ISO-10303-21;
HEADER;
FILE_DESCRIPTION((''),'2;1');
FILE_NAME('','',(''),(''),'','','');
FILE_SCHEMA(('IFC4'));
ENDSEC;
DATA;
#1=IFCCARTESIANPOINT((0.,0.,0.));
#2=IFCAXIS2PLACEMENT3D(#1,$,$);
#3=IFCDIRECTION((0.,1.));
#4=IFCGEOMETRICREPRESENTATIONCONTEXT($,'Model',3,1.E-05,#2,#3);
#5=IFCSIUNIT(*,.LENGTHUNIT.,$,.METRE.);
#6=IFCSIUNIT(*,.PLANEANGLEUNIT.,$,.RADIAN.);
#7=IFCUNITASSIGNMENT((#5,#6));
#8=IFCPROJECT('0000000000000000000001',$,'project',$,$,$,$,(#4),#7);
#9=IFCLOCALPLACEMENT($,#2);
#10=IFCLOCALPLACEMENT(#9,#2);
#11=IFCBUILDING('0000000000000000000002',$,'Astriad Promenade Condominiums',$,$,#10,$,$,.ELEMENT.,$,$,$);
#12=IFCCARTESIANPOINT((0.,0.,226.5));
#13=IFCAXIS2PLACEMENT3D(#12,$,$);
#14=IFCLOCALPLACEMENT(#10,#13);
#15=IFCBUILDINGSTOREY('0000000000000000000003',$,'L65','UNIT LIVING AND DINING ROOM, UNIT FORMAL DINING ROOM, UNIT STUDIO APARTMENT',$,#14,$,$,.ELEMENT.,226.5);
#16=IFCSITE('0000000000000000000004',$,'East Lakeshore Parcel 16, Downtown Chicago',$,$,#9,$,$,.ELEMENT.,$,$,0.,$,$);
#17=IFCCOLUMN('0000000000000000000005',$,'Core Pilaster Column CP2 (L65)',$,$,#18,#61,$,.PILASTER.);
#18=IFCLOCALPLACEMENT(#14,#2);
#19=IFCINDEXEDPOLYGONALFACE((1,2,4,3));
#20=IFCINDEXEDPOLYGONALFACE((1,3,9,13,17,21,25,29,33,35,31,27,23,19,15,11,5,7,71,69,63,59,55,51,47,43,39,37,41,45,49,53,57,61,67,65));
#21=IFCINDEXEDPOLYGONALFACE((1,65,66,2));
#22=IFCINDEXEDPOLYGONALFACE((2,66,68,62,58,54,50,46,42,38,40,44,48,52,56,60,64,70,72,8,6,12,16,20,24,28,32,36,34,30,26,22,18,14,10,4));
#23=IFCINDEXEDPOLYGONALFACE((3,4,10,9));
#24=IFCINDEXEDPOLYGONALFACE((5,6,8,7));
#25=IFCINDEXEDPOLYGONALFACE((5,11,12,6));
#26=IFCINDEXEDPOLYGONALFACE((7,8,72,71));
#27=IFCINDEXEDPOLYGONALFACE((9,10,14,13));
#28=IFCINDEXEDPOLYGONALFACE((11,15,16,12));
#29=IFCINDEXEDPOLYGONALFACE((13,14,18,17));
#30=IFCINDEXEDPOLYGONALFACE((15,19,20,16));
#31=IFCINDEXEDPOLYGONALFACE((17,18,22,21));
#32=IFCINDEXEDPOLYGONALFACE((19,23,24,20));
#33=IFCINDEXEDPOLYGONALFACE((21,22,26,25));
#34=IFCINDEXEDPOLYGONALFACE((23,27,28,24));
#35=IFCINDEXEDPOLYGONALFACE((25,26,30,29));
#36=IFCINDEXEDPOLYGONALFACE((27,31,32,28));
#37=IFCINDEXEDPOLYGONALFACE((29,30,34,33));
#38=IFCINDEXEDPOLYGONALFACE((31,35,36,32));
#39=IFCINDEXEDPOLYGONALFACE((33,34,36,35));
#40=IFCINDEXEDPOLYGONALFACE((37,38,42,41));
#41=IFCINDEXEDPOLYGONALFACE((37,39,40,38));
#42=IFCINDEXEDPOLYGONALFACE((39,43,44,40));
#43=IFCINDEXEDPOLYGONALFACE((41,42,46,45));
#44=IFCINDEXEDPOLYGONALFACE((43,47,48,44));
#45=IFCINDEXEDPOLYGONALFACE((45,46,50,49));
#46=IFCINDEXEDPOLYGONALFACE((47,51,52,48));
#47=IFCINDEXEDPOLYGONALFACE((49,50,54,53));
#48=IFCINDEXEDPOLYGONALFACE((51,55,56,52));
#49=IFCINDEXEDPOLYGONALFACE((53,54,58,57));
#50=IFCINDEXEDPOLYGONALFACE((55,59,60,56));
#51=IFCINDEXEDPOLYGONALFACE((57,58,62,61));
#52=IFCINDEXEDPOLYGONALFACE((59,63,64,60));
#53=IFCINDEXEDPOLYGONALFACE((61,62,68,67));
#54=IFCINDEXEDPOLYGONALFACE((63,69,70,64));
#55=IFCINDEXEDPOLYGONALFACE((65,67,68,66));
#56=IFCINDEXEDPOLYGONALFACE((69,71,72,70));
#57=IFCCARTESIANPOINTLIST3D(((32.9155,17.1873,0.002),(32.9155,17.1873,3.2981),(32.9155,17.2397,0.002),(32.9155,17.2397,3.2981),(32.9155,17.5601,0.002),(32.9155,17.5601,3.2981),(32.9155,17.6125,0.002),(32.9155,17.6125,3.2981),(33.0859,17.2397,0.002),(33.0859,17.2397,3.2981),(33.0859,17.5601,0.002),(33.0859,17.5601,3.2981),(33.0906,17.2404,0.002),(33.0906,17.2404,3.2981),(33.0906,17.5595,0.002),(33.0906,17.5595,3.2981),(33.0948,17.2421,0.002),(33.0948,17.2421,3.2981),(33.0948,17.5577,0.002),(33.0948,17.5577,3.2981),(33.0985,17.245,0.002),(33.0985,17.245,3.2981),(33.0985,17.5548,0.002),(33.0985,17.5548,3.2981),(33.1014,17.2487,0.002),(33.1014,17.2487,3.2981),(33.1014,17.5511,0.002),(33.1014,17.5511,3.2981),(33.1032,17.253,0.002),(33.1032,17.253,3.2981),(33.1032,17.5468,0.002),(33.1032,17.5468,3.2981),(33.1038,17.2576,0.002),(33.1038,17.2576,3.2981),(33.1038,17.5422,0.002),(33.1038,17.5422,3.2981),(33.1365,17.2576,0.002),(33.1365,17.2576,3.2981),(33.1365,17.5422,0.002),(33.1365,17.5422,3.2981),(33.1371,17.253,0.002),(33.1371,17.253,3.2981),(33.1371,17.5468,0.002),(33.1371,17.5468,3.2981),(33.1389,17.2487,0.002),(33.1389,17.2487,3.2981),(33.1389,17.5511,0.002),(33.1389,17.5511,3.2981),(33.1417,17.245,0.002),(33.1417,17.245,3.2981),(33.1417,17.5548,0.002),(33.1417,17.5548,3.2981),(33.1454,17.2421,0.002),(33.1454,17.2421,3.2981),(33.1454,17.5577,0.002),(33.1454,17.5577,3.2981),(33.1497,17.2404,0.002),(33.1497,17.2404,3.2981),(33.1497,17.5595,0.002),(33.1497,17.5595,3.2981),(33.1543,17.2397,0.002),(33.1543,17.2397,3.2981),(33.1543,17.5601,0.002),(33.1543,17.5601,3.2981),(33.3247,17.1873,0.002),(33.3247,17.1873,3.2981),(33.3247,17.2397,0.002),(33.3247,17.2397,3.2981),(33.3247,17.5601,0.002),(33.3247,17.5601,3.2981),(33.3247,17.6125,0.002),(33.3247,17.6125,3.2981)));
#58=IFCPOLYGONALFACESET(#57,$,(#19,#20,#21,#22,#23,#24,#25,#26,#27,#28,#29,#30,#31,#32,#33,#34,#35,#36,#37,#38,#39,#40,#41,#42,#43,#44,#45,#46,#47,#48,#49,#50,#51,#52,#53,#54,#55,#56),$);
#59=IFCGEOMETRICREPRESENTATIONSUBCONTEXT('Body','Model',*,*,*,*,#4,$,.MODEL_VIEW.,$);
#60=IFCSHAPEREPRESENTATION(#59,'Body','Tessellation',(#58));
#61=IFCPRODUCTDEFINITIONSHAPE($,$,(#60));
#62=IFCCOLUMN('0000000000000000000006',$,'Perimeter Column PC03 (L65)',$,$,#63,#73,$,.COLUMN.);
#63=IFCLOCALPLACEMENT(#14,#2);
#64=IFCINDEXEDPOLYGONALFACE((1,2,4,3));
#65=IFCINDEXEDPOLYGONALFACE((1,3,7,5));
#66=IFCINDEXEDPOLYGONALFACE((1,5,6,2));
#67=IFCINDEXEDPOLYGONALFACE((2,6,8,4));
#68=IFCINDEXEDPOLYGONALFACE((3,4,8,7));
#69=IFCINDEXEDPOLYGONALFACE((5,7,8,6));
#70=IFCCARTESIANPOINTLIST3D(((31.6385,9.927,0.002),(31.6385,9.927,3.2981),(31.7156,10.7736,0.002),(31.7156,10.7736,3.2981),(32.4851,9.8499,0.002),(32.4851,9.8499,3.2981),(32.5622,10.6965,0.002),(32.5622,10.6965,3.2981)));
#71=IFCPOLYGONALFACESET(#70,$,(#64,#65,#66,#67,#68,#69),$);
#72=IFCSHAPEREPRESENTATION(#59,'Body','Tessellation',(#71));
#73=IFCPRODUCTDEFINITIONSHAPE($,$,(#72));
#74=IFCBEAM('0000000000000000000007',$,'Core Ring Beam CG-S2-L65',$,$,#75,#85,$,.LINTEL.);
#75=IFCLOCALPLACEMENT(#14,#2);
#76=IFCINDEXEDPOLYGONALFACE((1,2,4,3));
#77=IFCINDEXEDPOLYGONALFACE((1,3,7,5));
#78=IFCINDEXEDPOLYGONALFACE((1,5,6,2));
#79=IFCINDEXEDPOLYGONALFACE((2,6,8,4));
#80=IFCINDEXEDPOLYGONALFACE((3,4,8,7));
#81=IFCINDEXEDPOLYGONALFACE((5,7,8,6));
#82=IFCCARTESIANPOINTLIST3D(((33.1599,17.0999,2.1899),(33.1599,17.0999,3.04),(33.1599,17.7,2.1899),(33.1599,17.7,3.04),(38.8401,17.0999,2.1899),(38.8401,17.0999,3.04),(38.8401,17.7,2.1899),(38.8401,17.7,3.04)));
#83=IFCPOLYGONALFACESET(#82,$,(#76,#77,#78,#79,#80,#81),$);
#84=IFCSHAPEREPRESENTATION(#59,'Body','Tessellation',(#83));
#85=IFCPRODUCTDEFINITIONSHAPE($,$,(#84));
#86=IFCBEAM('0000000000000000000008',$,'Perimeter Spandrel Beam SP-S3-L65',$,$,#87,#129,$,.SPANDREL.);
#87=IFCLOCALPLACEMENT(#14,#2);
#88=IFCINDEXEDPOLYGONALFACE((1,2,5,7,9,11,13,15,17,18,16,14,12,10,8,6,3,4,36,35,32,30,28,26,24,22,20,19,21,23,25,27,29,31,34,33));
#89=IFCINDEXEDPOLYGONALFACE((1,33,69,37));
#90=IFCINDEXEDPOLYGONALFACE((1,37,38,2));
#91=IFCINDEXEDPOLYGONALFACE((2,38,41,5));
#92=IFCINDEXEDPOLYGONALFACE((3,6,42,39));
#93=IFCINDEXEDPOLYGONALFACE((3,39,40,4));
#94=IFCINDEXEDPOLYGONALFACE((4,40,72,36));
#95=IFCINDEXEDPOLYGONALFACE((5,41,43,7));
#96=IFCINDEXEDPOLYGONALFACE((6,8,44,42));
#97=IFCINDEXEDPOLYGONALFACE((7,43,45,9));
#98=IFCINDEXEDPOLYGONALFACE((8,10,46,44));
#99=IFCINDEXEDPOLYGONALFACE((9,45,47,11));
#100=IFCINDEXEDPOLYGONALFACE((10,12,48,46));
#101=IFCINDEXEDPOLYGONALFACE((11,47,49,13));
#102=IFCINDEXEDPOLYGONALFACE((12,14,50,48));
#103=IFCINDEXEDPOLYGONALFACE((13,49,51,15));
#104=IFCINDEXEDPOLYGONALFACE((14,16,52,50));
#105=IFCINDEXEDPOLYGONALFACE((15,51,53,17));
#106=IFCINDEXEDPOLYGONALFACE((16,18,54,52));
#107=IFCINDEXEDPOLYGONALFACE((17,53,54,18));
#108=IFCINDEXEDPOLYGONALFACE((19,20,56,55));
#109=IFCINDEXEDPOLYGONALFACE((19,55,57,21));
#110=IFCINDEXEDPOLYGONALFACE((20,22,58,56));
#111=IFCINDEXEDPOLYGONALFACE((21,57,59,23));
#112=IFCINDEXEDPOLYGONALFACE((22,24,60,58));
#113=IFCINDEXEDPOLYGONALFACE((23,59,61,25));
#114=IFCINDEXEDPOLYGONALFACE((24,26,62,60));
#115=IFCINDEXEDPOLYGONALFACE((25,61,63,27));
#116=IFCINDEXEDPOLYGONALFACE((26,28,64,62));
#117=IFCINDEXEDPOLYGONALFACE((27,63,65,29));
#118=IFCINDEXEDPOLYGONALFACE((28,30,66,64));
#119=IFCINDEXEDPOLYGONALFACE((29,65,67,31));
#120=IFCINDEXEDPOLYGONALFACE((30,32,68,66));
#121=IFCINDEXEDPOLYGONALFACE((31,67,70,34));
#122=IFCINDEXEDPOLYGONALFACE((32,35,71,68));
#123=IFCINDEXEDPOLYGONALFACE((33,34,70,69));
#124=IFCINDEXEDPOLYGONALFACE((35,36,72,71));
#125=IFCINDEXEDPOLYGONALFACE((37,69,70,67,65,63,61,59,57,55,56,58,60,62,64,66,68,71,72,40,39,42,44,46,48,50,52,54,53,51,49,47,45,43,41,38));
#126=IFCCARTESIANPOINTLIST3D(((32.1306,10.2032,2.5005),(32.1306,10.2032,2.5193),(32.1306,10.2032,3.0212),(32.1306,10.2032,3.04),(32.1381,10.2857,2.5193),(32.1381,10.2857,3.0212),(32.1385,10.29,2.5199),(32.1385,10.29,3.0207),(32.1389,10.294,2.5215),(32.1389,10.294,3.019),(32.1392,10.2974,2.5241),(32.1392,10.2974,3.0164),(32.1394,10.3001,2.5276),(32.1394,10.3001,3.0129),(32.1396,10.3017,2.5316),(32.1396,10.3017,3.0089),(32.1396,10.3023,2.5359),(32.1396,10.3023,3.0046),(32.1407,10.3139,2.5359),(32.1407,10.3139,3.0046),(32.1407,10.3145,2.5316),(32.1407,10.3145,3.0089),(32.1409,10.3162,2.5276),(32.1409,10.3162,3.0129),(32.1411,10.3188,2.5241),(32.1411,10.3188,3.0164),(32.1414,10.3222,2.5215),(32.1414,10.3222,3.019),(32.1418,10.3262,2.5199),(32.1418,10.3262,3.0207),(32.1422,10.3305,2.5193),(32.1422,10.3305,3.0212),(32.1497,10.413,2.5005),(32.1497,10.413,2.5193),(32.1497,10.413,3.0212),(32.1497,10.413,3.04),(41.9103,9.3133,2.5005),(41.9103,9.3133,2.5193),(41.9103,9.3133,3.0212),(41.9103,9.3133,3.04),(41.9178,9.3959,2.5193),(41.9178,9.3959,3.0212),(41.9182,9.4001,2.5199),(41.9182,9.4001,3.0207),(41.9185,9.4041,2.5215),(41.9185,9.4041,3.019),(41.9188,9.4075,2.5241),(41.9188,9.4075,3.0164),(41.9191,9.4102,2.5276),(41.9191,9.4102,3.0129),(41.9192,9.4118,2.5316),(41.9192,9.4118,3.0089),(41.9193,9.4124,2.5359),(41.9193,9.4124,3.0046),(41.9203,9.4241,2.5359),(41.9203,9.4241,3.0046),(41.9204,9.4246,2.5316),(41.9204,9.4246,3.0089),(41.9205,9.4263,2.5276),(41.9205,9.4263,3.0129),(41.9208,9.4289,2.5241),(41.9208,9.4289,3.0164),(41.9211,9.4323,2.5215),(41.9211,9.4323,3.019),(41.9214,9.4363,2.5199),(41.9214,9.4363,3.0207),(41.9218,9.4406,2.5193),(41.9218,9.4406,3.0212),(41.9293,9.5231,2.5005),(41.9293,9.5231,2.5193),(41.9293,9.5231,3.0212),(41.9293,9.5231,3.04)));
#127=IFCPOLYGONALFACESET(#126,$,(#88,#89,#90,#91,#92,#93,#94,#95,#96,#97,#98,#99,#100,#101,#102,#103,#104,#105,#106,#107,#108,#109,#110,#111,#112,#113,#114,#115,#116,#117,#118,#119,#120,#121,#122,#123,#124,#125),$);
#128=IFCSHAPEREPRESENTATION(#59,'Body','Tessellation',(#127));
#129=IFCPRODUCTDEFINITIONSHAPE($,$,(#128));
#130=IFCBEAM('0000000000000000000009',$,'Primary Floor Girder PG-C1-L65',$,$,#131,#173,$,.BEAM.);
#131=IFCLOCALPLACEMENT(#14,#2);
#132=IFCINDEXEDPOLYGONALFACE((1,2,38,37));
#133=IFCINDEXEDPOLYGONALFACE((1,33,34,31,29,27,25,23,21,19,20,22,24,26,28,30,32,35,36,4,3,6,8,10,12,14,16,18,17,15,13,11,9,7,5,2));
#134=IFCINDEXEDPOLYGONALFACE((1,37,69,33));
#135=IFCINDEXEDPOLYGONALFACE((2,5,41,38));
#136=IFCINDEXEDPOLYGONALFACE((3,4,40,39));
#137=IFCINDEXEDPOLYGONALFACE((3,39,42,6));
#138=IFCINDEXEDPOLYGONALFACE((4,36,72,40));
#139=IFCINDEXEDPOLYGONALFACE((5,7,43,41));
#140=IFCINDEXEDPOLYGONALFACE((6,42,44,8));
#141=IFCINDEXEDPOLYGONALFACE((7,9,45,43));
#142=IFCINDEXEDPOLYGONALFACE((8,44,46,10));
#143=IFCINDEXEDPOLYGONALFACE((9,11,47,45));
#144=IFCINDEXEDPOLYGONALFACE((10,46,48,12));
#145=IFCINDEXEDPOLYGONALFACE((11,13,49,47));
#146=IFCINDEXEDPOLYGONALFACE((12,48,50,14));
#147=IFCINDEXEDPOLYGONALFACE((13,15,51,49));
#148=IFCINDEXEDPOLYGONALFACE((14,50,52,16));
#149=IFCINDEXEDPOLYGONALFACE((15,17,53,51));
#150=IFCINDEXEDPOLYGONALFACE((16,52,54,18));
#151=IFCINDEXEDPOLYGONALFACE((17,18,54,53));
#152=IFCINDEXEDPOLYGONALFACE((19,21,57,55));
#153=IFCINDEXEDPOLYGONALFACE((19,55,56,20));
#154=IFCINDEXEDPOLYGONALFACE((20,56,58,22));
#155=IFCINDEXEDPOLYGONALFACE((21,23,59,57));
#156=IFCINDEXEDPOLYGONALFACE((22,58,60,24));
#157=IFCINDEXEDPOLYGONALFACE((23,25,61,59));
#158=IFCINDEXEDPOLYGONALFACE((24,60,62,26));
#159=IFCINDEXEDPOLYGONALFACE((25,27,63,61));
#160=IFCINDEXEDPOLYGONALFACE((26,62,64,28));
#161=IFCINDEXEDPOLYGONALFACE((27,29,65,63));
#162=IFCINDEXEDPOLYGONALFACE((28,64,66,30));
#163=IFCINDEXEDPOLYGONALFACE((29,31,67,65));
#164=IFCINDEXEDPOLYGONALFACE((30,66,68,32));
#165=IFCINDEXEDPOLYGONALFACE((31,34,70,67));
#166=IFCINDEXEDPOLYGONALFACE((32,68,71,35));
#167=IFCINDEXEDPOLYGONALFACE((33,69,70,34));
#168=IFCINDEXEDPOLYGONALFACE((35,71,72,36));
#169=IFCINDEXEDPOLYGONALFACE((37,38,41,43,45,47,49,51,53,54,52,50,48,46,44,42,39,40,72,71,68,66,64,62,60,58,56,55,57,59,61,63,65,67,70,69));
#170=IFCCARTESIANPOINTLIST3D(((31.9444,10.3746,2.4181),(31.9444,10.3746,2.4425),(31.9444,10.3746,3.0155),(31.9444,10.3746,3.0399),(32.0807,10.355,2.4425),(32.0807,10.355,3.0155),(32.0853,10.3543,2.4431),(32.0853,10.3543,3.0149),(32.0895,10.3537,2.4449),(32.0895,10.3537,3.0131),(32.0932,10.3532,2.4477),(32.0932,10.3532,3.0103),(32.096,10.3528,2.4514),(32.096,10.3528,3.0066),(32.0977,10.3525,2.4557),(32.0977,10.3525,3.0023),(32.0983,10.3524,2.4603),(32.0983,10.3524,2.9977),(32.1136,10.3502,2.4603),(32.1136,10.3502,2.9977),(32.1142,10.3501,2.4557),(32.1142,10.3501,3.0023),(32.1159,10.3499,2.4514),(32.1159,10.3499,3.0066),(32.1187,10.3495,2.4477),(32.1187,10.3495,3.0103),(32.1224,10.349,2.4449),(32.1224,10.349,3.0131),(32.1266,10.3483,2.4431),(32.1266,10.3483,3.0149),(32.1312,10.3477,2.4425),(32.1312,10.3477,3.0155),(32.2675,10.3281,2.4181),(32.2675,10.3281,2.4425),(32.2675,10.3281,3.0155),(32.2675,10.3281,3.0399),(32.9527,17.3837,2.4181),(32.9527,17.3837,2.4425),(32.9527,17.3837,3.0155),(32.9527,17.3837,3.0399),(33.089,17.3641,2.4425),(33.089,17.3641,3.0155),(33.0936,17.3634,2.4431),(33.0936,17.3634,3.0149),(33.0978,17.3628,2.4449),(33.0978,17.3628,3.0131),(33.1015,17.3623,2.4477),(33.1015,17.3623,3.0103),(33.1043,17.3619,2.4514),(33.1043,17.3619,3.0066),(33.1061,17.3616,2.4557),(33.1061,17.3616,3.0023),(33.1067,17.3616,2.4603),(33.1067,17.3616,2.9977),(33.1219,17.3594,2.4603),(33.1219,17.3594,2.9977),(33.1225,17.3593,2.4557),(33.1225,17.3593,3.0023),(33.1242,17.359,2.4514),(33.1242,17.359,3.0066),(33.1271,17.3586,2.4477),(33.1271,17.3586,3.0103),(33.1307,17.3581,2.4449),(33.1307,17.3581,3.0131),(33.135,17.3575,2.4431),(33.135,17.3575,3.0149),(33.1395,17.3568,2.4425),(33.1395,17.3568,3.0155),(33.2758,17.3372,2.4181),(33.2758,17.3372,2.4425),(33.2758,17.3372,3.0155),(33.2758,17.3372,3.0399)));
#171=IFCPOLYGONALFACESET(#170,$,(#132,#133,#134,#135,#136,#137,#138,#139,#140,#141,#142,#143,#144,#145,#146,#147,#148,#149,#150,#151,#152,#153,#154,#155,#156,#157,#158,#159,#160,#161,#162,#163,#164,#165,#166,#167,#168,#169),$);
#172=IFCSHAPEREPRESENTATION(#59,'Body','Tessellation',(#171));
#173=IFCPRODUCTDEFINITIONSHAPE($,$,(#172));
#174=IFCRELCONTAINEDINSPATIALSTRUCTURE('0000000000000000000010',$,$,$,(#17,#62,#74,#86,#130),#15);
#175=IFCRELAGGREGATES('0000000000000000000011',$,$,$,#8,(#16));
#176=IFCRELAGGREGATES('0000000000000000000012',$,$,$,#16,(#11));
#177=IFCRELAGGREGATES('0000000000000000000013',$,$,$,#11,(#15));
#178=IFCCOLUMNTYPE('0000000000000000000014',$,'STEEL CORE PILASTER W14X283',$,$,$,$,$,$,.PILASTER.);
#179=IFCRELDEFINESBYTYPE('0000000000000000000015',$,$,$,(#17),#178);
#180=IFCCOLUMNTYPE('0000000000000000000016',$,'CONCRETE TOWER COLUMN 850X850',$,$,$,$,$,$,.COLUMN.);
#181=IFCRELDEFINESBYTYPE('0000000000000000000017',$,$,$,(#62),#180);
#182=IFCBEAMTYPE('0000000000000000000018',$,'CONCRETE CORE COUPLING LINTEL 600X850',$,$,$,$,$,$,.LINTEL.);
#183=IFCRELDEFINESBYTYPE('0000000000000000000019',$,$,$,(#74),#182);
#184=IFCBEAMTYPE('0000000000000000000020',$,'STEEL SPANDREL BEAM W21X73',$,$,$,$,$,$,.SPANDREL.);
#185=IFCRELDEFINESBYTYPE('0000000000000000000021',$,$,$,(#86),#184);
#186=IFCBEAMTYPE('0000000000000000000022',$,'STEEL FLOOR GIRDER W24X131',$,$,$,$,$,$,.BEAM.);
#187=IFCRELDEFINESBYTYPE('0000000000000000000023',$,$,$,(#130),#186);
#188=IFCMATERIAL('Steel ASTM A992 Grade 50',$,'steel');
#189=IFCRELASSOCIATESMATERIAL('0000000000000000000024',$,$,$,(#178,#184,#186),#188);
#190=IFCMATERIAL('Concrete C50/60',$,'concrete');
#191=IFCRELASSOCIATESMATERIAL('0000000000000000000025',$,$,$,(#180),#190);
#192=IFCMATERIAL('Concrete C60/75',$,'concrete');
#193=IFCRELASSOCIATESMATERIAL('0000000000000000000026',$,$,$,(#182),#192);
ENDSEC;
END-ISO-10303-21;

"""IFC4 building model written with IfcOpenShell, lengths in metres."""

from ifc_helpers import new_model, si_unit, direction, frame, origin, origin_2d, place, context, subcontext, project, spatial, rectangle, i_section, extrude, source, transform, mapped, material, material_profile, profile_set, type_object, type_shapes, element, save


model = new_model("IFC4")

# Units and contexts
model_context = context("Model", 3, precision=1e-05, world=origin(), true_north=direction((0.0, 1.0)))
body_context = subcontext(model_context, "Body", "Model", "MODEL_VIEW")
ifc_project = project(units=[si_unit("LENGTHUNIT", "METRE"), si_unit("PLANEANGLEUNIT", "RADIAN")], contexts=[model_context])

# Site, building, storey
site_placement = place(None, origin())
site = spatial("IfcSite", under=ifc_project, at=site_placement, Name="East Lakeshore Parcel 16, Downtown Chicago", CompositionType="ELEMENT", RefElevation=0.0)
building_placement = place(site_placement, origin())
building = spatial("IfcBuilding", under=site, at=building_placement, Name="Astriad Promenade Condominiums", CompositionType="ELEMENT")
storey_placement = place(building_placement, frame((0.0, 0.0, 226.5)))
storey = spatial("IfcBuildingStorey", under=building, at=storey_placement, Name="L65", Description="UNIT LIVING AND DINING ROOM, UNIT FORMAL DINING ROOM, UNIT STUDIO APARTMENT", CompositionType="ELEMENT", Elevation=226.5)

# Columns
ifc_material_1 = material(Name="Steel ASTM A992 Grade 50", Category="steel")
ifc_material_profile_1 = material_profile(ifc_material_1, i_section(OverallWidth=0.4092, OverallDepth=0.4253, WebThickness=0.0327, FlangeThickness=0.0525, FilletRadius=0.0178, at=origin_2d()), Name="W14X283")
ifc_profile_set_1 = profile_set([ifc_material_profile_1], Name="Steel ASTM A992 Grade 50")
column_type_1 = type_object("IfcColumnType", Name="STEEL CORE PILASTER W14X283", PredefinedType="PILASTER", material=ifc_profile_set_1)
shared_shape_1 = source(origin(), body_context, "Body", "SweptSolid", [
    extrude(i_section(OverallWidth=0.4092, OverallDepth=0.4253, WebThickness=0.0327, FlangeThickness=0.0525, FilletRadius=0.0178, at=origin_2d()), origin(), (0.0, 0.0, 1.0), 3.2961),
])
type_shapes(column_type_1, [shared_shape_1])
column_1_placement = place(storey_placement, frame((33.1201, 17.3999, 0.002), z_axis=(0.0, 0.0, 1.0), x_axis=(1.0, 0.0, 0.0)))
element("IfcColumn", 1, at=column_1_placement, inside=storey, type_object=column_type_1, Name="Core Pilaster Column CP2 (L65)", PredefinedType="PILASTER", context=body_context, shape_type="MappedRepresentation", body=[
    mapped(shared_shape_1, transform((0.0, 0.0, 0.0), scale=1.0)),
])
ifc_material_2 = material(Name="Concrete C50/60", Category="concrete")
ifc_material_profile_2 = material_profile(ifc_material_2, rectangle(XDim=0.8501, YDim=0.8501, at=origin_2d()), Name="RC-COL-850X850")
ifc_profile_set_2 = profile_set([ifc_material_profile_2], Name="Concrete C50/60")
column_type_2 = type_object("IfcColumnType", Name="CONCRETE TOWER COLUMN 850X850", PredefinedType="COLUMN", material=ifc_profile_set_2)
shared_shape_2 = source(origin(), body_context, "Body", "SweptSolid", [
    extrude(rectangle(XDim=0.8501, YDim=0.8501, at=origin_2d()), origin(), (0.0, 0.0, 1.0), 3.2961),
])
type_shapes(column_type_2, [shared_shape_2])
column_2_placement = place(storey_placement, frame((32.1003, 10.3118, 0.002), z_axis=(0.0, 0.0, 1.0), x_axis=(0.995884, -0.090633, 0.0)))
element("IfcColumn", 2, at=column_2_placement, inside=storey, type_object=column_type_2, Name="Perimeter Column PC03 (L65)", PredefinedType="COLUMN", context=body_context, shape_type="MappedRepresentation", body=[
    mapped(shared_shape_2, transform((0.0, 0.0, 0.0), scale=1.0)),
])

# Beams
ifc_material_3 = material(Name="Concrete C60/75", Category="concrete")
ifc_material_profile_3 = material_profile(ifc_material_3, rectangle(XDim=0.6001, YDim=0.8501, at=origin_2d()), Name="RC-BM-600X850")
ifc_profile_set_3 = profile_set([ifc_material_profile_3], Name="Concrete C60/75")
beam_type_1 = type_object("IfcBeamType", Name="CONCRETE CORE COUPLING LINTEL 600X850", PredefinedType="LINTEL", material=ifc_profile_set_3)
shared_shape_3 = source(origin(), body_context, "Body", "SweptSolid", [
    extrude(rectangle(XDim=0.6001, YDim=0.8501, at=origin_2d()), origin(), (0.0, 0.0, 1.0), 5.6802),
])
type_shapes(beam_type_1, [shared_shape_3])
beam_1_placement = place(storey_placement, frame((33.1599, 17.3999, 2.615), z_axis=(1.0, 0.0, 0.0), x_axis=(0.0, 1.0, 0.0)))
element("IfcBeam", 3, at=beam_1_placement, inside=storey, type_object=beam_type_1, Name="Core Ring Beam CG-S2-L65", PredefinedType="LINTEL", context=body_context, shape_type="MappedRepresentation", body=[
    mapped(shared_shape_3, transform((0.0, 0.0, 0.0), scale=1.0)),
])
ifc_material_profile_4 = material_profile(ifc_material_1, i_section(OverallWidth=0.2107, OverallDepth=0.5396, WebThickness=0.0117, FlangeThickness=0.0188, FilletRadius=0.0166, at=origin_2d()), Name="W21X73")
ifc_profile_set_4 = profile_set([ifc_material_profile_4], Name="Steel ASTM A992 Grade 50")
beam_type_2 = type_object("IfcBeamType", Name="STEEL SPANDREL BEAM W21X73", PredefinedType="SPANDREL", material=ifc_profile_set_4)
shared_shape_4 = source(origin(), body_context, "Body", "SweptSolid", [
    extrude(i_section(OverallWidth=0.2107, OverallDepth=0.5396, WebThickness=0.0117, FlangeThickness=0.0188, FilletRadius=0.0166, at=origin_2d()), origin(), (0.0, 0.0, 1.0), 9.8201),
])
type_shapes(beam_type_2, [shared_shape_4])
beam_2_placement = place(storey_placement, frame((32.1401, 10.3081, 2.7703), z_axis=(0.995886, -0.090619, 0.0), x_axis=(0.090619, 0.995886, 0.0)))
element("IfcBeam", 4, at=beam_2_placement, inside=storey, type_object=beam_type_2, Name="Perimeter Spandrel Beam SP-S3-L65", PredefinedType="SPANDREL", context=body_context, shape_type="MappedRepresentation", body=[
    mapped(shared_shape_4, transform((0.0, 0.0, 0.0), scale=1.0)),
])
ifc_material_profile_5 = material_profile(ifc_material_1, i_section(OverallWidth=0.3264, OverallDepth=0.6218, WebThickness=0.0154, FlangeThickness=0.0244, FilletRadius=0.0178, at=origin_2d()), Name="W24X131")
ifc_profile_set_5 = profile_set([ifc_material_profile_5], Name="Steel ASTM A992 Grade 50")
beam_type_3 = type_object("IfcBeamType", Name="STEEL FLOOR GIRDER W24X131", PredefinedType="BEAM", material=ifc_profile_set_5)
shared_shape_5 = source(origin(), body_context, "Body", "SweptSolid", [
    extrude(i_section(OverallWidth=0.3264, OverallDepth=0.6218, WebThickness=0.0154, FlangeThickness=0.0244, FilletRadius=0.0178, at=origin_2d()), origin(), (0.0, 0.0, 1.0), 7.0813),
])
beam_3_placement = place(storey_placement, frame((32.106, 10.3513, 2.729), z_axis=(0.142391, 0.98981, 0.0), x_axis=(-0.98981, 0.142391, 0.0)))
element("IfcBeam", 5, at=beam_3_placement, inside=storey, type_object=beam_type_3, Name="Primary Floor Girder PG-C1-L65", PredefinedType="BEAM", context=body_context, shape_type="MappedRepresentation", body=[
    mapped(shared_shape_5, transform((0.0, 0.0, 0.0), scale=1.0)),
])

save(model, "model.ifc")
